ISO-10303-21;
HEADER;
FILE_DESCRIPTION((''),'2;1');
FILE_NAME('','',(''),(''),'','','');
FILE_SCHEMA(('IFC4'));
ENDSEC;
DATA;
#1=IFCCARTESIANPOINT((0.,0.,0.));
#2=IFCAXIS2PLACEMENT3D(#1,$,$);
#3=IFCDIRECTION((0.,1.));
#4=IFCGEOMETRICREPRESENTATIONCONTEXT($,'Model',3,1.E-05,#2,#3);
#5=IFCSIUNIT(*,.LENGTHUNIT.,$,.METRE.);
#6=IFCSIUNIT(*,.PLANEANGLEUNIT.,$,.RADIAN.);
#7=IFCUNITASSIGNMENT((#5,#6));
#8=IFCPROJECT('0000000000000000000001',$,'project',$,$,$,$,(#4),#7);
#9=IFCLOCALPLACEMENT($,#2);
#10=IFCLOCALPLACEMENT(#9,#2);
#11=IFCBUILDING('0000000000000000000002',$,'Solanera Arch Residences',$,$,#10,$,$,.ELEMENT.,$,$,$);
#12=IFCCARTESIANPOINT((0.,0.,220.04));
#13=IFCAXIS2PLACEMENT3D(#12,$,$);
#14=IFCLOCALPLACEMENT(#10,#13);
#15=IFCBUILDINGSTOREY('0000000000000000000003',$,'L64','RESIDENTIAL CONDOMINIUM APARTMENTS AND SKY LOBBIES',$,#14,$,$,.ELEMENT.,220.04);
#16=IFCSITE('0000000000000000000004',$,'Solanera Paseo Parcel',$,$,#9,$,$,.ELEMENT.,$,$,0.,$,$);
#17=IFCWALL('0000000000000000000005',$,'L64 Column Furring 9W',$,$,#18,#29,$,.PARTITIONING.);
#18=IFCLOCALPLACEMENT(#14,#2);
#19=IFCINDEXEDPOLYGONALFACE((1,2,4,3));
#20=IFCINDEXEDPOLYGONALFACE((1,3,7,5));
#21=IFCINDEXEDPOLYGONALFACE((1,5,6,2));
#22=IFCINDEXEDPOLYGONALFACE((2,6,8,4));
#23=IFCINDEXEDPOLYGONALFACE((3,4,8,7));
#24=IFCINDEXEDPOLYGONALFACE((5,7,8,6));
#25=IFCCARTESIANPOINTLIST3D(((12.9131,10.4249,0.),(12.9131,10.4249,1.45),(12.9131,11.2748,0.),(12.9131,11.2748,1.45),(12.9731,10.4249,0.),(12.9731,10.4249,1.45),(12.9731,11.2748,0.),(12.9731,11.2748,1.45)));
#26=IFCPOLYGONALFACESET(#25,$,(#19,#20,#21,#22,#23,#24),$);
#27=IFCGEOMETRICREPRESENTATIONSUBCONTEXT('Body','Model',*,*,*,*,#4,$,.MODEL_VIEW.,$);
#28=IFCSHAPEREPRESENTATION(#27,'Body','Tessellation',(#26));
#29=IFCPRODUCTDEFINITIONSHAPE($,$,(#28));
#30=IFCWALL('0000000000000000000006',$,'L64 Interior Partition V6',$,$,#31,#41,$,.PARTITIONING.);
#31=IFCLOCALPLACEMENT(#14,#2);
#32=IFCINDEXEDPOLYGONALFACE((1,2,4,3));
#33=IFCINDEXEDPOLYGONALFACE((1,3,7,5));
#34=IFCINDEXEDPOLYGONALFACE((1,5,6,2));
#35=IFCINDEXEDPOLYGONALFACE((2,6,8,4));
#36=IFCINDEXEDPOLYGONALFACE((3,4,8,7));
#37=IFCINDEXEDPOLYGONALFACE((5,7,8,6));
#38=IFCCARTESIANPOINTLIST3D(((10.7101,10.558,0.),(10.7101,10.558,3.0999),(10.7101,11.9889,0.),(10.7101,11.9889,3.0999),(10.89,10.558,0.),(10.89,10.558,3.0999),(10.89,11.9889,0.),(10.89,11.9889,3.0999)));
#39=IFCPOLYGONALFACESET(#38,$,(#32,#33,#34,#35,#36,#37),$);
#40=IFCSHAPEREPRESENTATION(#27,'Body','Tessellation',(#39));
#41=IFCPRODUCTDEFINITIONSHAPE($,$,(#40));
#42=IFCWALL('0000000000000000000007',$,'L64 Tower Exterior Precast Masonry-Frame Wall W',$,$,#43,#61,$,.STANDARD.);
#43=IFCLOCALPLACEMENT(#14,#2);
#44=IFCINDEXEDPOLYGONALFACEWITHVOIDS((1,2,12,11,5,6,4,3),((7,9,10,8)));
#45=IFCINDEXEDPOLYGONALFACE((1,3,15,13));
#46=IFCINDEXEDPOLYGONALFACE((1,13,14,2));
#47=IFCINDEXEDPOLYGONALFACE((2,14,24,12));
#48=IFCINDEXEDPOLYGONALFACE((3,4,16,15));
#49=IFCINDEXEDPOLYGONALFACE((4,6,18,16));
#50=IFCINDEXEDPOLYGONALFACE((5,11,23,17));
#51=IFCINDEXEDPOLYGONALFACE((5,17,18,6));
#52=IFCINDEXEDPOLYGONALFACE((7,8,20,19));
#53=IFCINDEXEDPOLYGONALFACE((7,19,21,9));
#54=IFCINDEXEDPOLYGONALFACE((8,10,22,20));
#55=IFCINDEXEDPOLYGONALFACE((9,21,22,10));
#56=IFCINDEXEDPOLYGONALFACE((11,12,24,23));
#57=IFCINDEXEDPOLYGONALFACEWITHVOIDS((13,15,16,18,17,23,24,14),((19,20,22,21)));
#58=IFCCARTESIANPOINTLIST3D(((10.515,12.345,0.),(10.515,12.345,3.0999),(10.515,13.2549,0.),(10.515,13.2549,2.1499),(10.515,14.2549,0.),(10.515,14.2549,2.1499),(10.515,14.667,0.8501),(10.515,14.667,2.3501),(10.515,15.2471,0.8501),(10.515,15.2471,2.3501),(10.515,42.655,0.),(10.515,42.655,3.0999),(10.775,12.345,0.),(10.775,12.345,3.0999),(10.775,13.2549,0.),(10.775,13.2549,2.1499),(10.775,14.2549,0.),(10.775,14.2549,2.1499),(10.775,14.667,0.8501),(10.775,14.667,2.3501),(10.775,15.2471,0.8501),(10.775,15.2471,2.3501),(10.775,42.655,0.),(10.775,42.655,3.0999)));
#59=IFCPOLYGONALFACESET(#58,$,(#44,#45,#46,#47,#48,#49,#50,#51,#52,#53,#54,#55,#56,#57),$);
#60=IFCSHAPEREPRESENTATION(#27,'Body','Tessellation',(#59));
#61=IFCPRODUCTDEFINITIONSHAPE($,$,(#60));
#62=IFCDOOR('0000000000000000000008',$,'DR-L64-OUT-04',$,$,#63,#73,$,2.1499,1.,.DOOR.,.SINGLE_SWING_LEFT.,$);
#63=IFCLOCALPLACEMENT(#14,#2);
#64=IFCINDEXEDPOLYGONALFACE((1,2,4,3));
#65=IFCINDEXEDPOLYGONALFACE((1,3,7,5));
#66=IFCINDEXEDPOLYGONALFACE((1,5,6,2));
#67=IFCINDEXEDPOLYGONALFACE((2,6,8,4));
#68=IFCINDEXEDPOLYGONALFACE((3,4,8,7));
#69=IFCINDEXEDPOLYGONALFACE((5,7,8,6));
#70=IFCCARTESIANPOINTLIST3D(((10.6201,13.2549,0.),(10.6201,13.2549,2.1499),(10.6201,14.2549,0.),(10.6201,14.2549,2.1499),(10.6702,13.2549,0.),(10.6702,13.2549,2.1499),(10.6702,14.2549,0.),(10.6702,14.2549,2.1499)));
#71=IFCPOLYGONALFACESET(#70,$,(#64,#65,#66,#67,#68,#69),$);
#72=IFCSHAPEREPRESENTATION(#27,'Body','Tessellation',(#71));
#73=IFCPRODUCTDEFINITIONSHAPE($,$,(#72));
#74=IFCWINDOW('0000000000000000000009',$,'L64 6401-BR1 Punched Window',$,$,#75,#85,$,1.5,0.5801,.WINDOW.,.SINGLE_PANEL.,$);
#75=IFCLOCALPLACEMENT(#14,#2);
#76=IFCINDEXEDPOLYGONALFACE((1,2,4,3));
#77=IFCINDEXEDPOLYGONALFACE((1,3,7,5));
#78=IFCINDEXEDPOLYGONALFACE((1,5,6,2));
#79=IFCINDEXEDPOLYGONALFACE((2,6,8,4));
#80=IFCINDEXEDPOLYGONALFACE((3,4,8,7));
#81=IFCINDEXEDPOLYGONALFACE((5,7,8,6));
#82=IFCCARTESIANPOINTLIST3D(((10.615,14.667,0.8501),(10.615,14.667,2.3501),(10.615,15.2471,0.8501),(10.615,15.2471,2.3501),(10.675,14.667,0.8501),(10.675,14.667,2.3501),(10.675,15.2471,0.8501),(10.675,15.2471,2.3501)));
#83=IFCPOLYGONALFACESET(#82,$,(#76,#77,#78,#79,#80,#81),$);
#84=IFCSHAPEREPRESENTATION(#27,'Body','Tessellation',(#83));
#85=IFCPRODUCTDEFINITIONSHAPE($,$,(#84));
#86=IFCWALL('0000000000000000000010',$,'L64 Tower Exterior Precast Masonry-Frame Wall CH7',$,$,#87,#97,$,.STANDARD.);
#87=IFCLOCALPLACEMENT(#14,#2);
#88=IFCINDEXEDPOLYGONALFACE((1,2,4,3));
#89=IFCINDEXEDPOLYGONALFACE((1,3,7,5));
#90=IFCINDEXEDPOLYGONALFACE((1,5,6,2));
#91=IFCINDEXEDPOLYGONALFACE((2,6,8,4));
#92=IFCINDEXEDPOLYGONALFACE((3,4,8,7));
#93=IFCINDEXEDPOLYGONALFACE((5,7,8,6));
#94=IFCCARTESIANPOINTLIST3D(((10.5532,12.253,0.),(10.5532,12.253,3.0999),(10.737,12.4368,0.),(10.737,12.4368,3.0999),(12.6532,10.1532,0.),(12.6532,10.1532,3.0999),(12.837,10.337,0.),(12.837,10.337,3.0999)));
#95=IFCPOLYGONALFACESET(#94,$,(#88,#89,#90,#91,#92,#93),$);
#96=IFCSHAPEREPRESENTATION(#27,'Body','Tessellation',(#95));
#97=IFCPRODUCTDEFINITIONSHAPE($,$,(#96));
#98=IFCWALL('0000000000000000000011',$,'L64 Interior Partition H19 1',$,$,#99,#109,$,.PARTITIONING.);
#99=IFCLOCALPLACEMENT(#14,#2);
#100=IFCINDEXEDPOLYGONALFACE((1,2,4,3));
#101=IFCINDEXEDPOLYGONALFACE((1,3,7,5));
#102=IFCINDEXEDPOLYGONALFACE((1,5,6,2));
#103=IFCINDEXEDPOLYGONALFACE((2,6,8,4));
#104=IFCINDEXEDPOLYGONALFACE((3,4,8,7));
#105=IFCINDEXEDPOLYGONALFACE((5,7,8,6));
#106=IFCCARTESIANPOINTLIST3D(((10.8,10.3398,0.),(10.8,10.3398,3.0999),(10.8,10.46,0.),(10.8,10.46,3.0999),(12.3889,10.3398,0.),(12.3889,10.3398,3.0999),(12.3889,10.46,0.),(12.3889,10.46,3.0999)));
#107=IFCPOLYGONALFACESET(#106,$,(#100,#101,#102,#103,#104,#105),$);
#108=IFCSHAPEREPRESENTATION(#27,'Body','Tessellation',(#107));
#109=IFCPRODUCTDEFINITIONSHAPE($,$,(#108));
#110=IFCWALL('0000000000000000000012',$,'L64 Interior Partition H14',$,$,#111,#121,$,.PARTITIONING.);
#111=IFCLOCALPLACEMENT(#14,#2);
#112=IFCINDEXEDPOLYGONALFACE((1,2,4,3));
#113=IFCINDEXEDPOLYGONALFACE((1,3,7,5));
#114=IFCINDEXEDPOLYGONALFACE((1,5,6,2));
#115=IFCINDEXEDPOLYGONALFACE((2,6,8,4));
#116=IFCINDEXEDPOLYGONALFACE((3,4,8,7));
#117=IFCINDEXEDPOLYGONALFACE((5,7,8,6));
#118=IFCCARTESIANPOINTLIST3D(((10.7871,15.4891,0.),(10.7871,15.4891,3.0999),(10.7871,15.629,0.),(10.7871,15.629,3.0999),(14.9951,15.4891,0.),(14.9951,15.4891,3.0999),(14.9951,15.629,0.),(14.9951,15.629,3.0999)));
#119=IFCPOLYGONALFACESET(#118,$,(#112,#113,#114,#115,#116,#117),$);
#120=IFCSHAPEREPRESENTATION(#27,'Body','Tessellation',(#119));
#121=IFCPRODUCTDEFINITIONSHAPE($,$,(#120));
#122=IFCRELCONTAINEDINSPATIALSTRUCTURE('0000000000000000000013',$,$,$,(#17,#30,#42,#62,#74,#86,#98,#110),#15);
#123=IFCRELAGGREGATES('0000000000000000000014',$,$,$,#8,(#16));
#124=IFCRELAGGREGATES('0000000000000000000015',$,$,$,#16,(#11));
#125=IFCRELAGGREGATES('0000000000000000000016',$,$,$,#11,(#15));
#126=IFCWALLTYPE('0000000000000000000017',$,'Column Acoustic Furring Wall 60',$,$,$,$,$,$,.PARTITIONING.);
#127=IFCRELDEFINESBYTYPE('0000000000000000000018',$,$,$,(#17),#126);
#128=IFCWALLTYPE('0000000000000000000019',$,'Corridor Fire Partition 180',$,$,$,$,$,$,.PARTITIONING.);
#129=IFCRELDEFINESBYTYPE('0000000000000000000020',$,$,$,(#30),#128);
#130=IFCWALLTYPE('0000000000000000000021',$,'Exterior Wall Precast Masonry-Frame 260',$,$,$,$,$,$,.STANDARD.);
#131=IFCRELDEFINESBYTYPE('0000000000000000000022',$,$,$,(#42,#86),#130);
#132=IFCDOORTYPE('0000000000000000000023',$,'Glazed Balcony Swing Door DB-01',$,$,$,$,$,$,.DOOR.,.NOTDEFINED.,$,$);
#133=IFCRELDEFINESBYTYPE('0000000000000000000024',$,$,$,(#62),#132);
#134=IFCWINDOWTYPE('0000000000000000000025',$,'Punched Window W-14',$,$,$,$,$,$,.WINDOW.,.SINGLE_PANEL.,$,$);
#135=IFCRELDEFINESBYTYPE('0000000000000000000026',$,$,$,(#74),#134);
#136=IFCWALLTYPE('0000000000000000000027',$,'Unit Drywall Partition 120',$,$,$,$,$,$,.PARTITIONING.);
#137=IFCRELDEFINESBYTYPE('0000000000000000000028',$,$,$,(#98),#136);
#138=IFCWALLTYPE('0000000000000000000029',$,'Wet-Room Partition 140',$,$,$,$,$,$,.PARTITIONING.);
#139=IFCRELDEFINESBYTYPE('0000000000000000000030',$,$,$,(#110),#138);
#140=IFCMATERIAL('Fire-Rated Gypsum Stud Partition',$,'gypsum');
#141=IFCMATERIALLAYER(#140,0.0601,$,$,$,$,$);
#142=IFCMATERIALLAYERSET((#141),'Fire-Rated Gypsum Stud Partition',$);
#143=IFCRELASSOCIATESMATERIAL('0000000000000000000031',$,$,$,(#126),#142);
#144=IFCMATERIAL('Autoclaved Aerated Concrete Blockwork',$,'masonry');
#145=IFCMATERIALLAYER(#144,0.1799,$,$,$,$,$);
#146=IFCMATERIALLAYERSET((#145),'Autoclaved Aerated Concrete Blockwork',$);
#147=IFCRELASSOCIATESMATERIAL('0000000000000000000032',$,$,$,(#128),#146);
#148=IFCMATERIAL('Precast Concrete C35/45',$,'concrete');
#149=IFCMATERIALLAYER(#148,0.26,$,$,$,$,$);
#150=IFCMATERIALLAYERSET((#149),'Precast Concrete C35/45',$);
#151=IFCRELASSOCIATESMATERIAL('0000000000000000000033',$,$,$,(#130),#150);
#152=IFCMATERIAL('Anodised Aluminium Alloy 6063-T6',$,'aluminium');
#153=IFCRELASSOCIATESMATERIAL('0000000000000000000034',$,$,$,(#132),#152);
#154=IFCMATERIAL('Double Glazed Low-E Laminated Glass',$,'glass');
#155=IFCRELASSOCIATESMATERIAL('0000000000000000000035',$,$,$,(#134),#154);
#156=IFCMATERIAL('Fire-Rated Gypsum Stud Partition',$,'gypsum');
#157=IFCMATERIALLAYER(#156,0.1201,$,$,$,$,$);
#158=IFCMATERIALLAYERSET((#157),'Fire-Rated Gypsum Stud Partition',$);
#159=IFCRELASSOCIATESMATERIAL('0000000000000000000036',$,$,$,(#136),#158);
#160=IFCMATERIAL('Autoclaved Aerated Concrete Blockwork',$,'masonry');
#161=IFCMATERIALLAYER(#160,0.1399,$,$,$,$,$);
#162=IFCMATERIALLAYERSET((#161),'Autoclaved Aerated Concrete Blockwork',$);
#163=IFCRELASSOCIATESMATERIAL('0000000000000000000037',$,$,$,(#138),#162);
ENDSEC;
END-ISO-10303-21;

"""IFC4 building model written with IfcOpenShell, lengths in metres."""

from ifc_helpers import new_model, si_unit, direction, frame, frame_2d, origin, place, context, subcontext, project, spatial, rectangle, extrude, material, layer, layer_set, type_object, element, fill, save


model = new_model("IFC4")

# Units and contexts
model_context = context("Model", 3, precision=1e-05, world=origin(), true_north=direction((0.0, 1.0)))
body_context = subcontext(model_context, "Body", "Model", "MODEL_VIEW")
ifc_project = project(units=[si_unit("LENGTHUNIT", "METRE"), si_unit("PLANEANGLEUNIT", "RADIAN")], contexts=[model_context])

# Site, building, storey
site_placement = place(None, origin())
site = spatial("IfcSite", under=ifc_project, at=site_placement, Name="Solanera Paseo Parcel", CompositionType="ELEMENT", RefElevation=0.0)
building_placement = place(site_placement, origin())
building = spatial("IfcBuilding", under=site, at=building_placement, Name="Solanera Arch Residences", CompositionType="ELEMENT")
storey_placement = place(building_placement, frame((0.0, 0.0, 220.04)))
storey = spatial("IfcBuildingStorey", under=building, at=storey_placement, Name="L64", Description="RESIDENTIAL CONDOMINIUM APARTMENTS AND SKY LOBBIES", CompositionType="ELEMENT", Elevation=220.04)

# Walls
ifc_material_1 = material(Name="Fire-Rated Gypsum Stud Partition", Category="gypsum")
ifc_layer_1 = layer(ifc_material_1, 0.0601)
ifc_layer_set_1 = layer_set([ifc_layer_1], Name="Fire-Rated Gypsum Stud Partition")
wall_type_1 = type_object("IfcWallType", Name="Column Acoustic Furring Wall 60", PredefinedType="PARTITIONING", material=ifc_layer_set_1)
wall_1_placement = place(storey_placement, frame((12.9431, 10.425, 0.0), z_axis=(0.0, 0.0, 1.0), x_axis=(0.0, 1.0, 0.0)))
element("IfcWall", 1, at=wall_1_placement, inside=storey, type_object=wall_type_1, Name="L64 Column Furring 9W", PredefinedType="PARTITIONING", context=body_context, shape_type="SweptSolid", body=[
    extrude(rectangle(XDim=0.8499, YDim=0.0601, at=frame_2d((0.4248, 0.0))), origin(), (0.0, 0.0, 1.0), 1.45),
])
ifc_material_2 = material(Name="Autoclaved Aerated Concrete Blockwork", Category="masonry")
ifc_layer_2 = layer(ifc_material_2, 0.1799)
ifc_layer_set_2 = layer_set([ifc_layer_2], Name="Autoclaved Aerated Concrete Blockwork")
wall_type_2 = type_object("IfcWallType", Name="Corridor Fire Partition 180", PredefinedType="PARTITIONING", material=ifc_layer_set_2)
wall_2_placement = place(storey_placement, frame((10.8, 10.5581, 0.0), z_axis=(0.0, 0.0, 1.0), x_axis=(0.0, 1.0, 0.0)))
element("IfcWall", 2, at=wall_2_placement, inside=storey, type_object=wall_type_2, Name="L64 Interior Partition V6", PredefinedType="PARTITIONING", context=body_context, shape_type="SweptSolid", body=[
    extrude(rectangle(XDim=1.4309, YDim=0.1799, at=frame_2d((0.7153, 0.0))), origin(), (0.0, 0.0, 1.0), 3.0999),
])

# Wall, openings, door, window
ifc_material_3 = material(Name="Precast Concrete C35/45", Category="concrete")
ifc_layer_3 = layer(ifc_material_3, 0.26)
ifc_layer_set_3 = layer_set([ifc_layer_3], Name="Precast Concrete C35/45")
wall_type_3 = type_object("IfcWallType", Name="Exterior Wall Precast Masonry-Frame 260", PredefinedType="STANDARD", material=ifc_layer_set_3)
wall_3_placement = place(storey_placement, frame((10.645, 12.345, 0.0), z_axis=(0.0, 0.0, 1.0), x_axis=(0.0, 1.0, 0.0)))
wall_3 = element("IfcWall", 3, at=wall_3_placement, inside=storey, type_object=wall_type_3, Name="L64 Tower Exterior Precast Masonry-Frame Wall W", PredefinedType="STANDARD", context=body_context, shape_type="SweptSolid", body=[
    extrude(rectangle(XDim=30.3101, YDim=0.26, at=frame_2d((15.155, 0.0))), origin(), (0.0, 0.0, 1.0), 3.0999),
])
opening_1_placement = place(wall_3_placement, frame((0.9099, 0.0, 0.0)))
opening_1 = element("IfcOpeningElement", 4, at=opening_1_placement, cuts=wall_3, PredefinedType="OPENING", context=body_context, shape_type="SweptSolid", body=[
    extrude(rectangle(XDim=1.0, YDim=2.1499, at=frame_2d((0.5, 1.075))), frame((0.0, 0.1399, 0.0), z_axis=(0.0, -1.0, 0.0), x_axis=(1.0, 0.0, 0.0)), (0.0, 0.0, 1.0), 0.28),
])
opening_2_placement = place(wall_3_placement, frame((2.322, 0.0, 0.8501)))
opening_2 = element("IfcOpeningElement", 5, at=opening_2_placement, cuts=wall_3, PredefinedType="OPENING", context=body_context, shape_type="SweptSolid", body=[
    extrude(rectangle(XDim=0.5801, YDim=1.5, at=frame_2d((0.29, 0.75))), frame((0.0, 0.1399, 0.0), z_axis=(0.0, -1.0, 0.0), x_axis=(1.0, 0.0, 0.0)), (0.0, 0.0, 1.0), 0.28),
])
ifc_material_4 = material(Name="Anodised Aluminium Alloy 6063-T6", Category="aluminium")
door_type = type_object("IfcDoorType", Name="Glazed Balcony Swing Door DB-01", OperationType="NOTDEFINED", PredefinedType="DOOR", material=ifc_material_4)
door_placement = place(opening_1_placement, origin())
door = element("IfcDoor", 6, at=door_placement, inside=storey, type_object=door_type, Name="DR-L64-OUT-04", OperationType="SINGLE_SWING_LEFT", OverallHeight=2.1499, OverallWidth=1.0, PredefinedType="DOOR", context=body_context, shape_type="SweptSolid", body=[
    extrude(rectangle(XDim=1.0, YDim=2.1499, at=frame_2d((0.5, 1.075))), frame((0.0, 0.0249, 0.0), z_axis=(0.0, -1.0, 0.0), x_axis=(1.0, 0.0, 0.0)), (0.0, 0.0, 1.0), 0.05),
])
fill(opening_1, door)
ifc_material_5 = material(Name="Double Glazed Low-E Laminated Glass", Category="glass")
window_type = type_object("IfcWindowType", Name="Punched Window W-14", PartitioningType="SINGLE_PANEL", PredefinedType="WINDOW", material=ifc_material_5)
window_placement = place(opening_2_placement, origin())
window = element("IfcWindow", 7, at=window_placement, inside=storey, type_object=window_type, Name="L64 6401-BR1 Punched Window", OverallHeight=1.5, OverallWidth=0.5801, PartitioningType="SINGLE_PANEL", PredefinedType="WINDOW", context=body_context, shape_type="SweptSolid", body=[
    extrude(rectangle(XDim=0.5801, YDim=1.5, at=frame_2d((0.29, 0.75))), frame((0.0, 0.03, 0.0), z_axis=(0.0, -1.0, 0.0), x_axis=(1.0, 0.0, 0.0)), (0.0, 0.0, 1.0), 0.0601),
])
fill(opening_2, window)

# Walls
wall_4_placement = place(storey_placement, frame((12.7451, 10.2451, 0.0), z_axis=(0.0, 0.0, 1.0), x_axis=(-0.707148, 0.707066, 0.0)))
element("IfcWall", 8, at=wall_4_placement, inside=storey, type_object=wall_type_3, Name="L64 Tower Exterior Precast Masonry-Frame Wall CH7", PredefinedType="STANDARD", context=body_context, shape_type="SweptSolid", body=[
    extrude(rectangle(XDim=2.9697, YDim=0.26, at=frame_2d((1.4849, 0.0))), origin(), (0.0, 0.0, 1.0), 3.0999),
])
ifc_material_6 = material(Name="Fire-Rated Gypsum Stud Partition", Category="gypsum")
ifc_layer_4 = layer(ifc_material_6, 0.1201)
ifc_layer_set_4 = layer_set([ifc_layer_4], Name="Fire-Rated Gypsum Stud Partition")
wall_type_4 = type_object("IfcWallType", Name="Unit Drywall Partition 120", PredefinedType="PARTITIONING", material=ifc_layer_set_4)
wall_5_placement = place(storey_placement, frame((10.8, 10.3999, 0.0), z_axis=(0.0, 0.0, 1.0), x_axis=(1.0, 0.0, 0.0)))
element("IfcWall", 9, at=wall_5_placement, inside=storey, type_object=wall_type_4, Name="L64 Interior Partition H19 1", PredefinedType="PARTITIONING", context=body_context, shape_type="SweptSolid", body=[
    extrude(rectangle(XDim=1.5889, YDim=0.1201, at=frame_2d((0.7944, 0.0))), origin(), (0.0, 0.0, 1.0), 3.0999),
])
ifc_material_7 = material(Name="Autoclaved Aerated Concrete Blockwork", Category="masonry")
ifc_layer_5 = layer(ifc_material_7, 0.1399)
ifc_layer_set_5 = layer_set([ifc_layer_5], Name="Autoclaved Aerated Concrete Blockwork")
wall_type_5 = type_object("IfcWallType", Name="Wet-Room Partition 140", PredefinedType="PARTITIONING", material=ifc_layer_set_5)
wall_6_placement = place(storey_placement, frame((10.7871, 15.5591, 0.0), z_axis=(0.0, 0.0, 1.0), x_axis=(1.0, 0.0, 0.0)))
element("IfcWall", 10, at=wall_6_placement, inside=storey, type_object=wall_type_5, Name="L64 Interior Partition H14", PredefinedType="PARTITIONING", context=body_context, shape_type="SweptSolid", body=[
    extrude(rectangle(XDim=4.208, YDim=0.1399, at=frame_2d((2.104, 0.0))), origin(), (0.0, 0.0, 1.0), 3.0999),
])

save(model, "model.ifc")
